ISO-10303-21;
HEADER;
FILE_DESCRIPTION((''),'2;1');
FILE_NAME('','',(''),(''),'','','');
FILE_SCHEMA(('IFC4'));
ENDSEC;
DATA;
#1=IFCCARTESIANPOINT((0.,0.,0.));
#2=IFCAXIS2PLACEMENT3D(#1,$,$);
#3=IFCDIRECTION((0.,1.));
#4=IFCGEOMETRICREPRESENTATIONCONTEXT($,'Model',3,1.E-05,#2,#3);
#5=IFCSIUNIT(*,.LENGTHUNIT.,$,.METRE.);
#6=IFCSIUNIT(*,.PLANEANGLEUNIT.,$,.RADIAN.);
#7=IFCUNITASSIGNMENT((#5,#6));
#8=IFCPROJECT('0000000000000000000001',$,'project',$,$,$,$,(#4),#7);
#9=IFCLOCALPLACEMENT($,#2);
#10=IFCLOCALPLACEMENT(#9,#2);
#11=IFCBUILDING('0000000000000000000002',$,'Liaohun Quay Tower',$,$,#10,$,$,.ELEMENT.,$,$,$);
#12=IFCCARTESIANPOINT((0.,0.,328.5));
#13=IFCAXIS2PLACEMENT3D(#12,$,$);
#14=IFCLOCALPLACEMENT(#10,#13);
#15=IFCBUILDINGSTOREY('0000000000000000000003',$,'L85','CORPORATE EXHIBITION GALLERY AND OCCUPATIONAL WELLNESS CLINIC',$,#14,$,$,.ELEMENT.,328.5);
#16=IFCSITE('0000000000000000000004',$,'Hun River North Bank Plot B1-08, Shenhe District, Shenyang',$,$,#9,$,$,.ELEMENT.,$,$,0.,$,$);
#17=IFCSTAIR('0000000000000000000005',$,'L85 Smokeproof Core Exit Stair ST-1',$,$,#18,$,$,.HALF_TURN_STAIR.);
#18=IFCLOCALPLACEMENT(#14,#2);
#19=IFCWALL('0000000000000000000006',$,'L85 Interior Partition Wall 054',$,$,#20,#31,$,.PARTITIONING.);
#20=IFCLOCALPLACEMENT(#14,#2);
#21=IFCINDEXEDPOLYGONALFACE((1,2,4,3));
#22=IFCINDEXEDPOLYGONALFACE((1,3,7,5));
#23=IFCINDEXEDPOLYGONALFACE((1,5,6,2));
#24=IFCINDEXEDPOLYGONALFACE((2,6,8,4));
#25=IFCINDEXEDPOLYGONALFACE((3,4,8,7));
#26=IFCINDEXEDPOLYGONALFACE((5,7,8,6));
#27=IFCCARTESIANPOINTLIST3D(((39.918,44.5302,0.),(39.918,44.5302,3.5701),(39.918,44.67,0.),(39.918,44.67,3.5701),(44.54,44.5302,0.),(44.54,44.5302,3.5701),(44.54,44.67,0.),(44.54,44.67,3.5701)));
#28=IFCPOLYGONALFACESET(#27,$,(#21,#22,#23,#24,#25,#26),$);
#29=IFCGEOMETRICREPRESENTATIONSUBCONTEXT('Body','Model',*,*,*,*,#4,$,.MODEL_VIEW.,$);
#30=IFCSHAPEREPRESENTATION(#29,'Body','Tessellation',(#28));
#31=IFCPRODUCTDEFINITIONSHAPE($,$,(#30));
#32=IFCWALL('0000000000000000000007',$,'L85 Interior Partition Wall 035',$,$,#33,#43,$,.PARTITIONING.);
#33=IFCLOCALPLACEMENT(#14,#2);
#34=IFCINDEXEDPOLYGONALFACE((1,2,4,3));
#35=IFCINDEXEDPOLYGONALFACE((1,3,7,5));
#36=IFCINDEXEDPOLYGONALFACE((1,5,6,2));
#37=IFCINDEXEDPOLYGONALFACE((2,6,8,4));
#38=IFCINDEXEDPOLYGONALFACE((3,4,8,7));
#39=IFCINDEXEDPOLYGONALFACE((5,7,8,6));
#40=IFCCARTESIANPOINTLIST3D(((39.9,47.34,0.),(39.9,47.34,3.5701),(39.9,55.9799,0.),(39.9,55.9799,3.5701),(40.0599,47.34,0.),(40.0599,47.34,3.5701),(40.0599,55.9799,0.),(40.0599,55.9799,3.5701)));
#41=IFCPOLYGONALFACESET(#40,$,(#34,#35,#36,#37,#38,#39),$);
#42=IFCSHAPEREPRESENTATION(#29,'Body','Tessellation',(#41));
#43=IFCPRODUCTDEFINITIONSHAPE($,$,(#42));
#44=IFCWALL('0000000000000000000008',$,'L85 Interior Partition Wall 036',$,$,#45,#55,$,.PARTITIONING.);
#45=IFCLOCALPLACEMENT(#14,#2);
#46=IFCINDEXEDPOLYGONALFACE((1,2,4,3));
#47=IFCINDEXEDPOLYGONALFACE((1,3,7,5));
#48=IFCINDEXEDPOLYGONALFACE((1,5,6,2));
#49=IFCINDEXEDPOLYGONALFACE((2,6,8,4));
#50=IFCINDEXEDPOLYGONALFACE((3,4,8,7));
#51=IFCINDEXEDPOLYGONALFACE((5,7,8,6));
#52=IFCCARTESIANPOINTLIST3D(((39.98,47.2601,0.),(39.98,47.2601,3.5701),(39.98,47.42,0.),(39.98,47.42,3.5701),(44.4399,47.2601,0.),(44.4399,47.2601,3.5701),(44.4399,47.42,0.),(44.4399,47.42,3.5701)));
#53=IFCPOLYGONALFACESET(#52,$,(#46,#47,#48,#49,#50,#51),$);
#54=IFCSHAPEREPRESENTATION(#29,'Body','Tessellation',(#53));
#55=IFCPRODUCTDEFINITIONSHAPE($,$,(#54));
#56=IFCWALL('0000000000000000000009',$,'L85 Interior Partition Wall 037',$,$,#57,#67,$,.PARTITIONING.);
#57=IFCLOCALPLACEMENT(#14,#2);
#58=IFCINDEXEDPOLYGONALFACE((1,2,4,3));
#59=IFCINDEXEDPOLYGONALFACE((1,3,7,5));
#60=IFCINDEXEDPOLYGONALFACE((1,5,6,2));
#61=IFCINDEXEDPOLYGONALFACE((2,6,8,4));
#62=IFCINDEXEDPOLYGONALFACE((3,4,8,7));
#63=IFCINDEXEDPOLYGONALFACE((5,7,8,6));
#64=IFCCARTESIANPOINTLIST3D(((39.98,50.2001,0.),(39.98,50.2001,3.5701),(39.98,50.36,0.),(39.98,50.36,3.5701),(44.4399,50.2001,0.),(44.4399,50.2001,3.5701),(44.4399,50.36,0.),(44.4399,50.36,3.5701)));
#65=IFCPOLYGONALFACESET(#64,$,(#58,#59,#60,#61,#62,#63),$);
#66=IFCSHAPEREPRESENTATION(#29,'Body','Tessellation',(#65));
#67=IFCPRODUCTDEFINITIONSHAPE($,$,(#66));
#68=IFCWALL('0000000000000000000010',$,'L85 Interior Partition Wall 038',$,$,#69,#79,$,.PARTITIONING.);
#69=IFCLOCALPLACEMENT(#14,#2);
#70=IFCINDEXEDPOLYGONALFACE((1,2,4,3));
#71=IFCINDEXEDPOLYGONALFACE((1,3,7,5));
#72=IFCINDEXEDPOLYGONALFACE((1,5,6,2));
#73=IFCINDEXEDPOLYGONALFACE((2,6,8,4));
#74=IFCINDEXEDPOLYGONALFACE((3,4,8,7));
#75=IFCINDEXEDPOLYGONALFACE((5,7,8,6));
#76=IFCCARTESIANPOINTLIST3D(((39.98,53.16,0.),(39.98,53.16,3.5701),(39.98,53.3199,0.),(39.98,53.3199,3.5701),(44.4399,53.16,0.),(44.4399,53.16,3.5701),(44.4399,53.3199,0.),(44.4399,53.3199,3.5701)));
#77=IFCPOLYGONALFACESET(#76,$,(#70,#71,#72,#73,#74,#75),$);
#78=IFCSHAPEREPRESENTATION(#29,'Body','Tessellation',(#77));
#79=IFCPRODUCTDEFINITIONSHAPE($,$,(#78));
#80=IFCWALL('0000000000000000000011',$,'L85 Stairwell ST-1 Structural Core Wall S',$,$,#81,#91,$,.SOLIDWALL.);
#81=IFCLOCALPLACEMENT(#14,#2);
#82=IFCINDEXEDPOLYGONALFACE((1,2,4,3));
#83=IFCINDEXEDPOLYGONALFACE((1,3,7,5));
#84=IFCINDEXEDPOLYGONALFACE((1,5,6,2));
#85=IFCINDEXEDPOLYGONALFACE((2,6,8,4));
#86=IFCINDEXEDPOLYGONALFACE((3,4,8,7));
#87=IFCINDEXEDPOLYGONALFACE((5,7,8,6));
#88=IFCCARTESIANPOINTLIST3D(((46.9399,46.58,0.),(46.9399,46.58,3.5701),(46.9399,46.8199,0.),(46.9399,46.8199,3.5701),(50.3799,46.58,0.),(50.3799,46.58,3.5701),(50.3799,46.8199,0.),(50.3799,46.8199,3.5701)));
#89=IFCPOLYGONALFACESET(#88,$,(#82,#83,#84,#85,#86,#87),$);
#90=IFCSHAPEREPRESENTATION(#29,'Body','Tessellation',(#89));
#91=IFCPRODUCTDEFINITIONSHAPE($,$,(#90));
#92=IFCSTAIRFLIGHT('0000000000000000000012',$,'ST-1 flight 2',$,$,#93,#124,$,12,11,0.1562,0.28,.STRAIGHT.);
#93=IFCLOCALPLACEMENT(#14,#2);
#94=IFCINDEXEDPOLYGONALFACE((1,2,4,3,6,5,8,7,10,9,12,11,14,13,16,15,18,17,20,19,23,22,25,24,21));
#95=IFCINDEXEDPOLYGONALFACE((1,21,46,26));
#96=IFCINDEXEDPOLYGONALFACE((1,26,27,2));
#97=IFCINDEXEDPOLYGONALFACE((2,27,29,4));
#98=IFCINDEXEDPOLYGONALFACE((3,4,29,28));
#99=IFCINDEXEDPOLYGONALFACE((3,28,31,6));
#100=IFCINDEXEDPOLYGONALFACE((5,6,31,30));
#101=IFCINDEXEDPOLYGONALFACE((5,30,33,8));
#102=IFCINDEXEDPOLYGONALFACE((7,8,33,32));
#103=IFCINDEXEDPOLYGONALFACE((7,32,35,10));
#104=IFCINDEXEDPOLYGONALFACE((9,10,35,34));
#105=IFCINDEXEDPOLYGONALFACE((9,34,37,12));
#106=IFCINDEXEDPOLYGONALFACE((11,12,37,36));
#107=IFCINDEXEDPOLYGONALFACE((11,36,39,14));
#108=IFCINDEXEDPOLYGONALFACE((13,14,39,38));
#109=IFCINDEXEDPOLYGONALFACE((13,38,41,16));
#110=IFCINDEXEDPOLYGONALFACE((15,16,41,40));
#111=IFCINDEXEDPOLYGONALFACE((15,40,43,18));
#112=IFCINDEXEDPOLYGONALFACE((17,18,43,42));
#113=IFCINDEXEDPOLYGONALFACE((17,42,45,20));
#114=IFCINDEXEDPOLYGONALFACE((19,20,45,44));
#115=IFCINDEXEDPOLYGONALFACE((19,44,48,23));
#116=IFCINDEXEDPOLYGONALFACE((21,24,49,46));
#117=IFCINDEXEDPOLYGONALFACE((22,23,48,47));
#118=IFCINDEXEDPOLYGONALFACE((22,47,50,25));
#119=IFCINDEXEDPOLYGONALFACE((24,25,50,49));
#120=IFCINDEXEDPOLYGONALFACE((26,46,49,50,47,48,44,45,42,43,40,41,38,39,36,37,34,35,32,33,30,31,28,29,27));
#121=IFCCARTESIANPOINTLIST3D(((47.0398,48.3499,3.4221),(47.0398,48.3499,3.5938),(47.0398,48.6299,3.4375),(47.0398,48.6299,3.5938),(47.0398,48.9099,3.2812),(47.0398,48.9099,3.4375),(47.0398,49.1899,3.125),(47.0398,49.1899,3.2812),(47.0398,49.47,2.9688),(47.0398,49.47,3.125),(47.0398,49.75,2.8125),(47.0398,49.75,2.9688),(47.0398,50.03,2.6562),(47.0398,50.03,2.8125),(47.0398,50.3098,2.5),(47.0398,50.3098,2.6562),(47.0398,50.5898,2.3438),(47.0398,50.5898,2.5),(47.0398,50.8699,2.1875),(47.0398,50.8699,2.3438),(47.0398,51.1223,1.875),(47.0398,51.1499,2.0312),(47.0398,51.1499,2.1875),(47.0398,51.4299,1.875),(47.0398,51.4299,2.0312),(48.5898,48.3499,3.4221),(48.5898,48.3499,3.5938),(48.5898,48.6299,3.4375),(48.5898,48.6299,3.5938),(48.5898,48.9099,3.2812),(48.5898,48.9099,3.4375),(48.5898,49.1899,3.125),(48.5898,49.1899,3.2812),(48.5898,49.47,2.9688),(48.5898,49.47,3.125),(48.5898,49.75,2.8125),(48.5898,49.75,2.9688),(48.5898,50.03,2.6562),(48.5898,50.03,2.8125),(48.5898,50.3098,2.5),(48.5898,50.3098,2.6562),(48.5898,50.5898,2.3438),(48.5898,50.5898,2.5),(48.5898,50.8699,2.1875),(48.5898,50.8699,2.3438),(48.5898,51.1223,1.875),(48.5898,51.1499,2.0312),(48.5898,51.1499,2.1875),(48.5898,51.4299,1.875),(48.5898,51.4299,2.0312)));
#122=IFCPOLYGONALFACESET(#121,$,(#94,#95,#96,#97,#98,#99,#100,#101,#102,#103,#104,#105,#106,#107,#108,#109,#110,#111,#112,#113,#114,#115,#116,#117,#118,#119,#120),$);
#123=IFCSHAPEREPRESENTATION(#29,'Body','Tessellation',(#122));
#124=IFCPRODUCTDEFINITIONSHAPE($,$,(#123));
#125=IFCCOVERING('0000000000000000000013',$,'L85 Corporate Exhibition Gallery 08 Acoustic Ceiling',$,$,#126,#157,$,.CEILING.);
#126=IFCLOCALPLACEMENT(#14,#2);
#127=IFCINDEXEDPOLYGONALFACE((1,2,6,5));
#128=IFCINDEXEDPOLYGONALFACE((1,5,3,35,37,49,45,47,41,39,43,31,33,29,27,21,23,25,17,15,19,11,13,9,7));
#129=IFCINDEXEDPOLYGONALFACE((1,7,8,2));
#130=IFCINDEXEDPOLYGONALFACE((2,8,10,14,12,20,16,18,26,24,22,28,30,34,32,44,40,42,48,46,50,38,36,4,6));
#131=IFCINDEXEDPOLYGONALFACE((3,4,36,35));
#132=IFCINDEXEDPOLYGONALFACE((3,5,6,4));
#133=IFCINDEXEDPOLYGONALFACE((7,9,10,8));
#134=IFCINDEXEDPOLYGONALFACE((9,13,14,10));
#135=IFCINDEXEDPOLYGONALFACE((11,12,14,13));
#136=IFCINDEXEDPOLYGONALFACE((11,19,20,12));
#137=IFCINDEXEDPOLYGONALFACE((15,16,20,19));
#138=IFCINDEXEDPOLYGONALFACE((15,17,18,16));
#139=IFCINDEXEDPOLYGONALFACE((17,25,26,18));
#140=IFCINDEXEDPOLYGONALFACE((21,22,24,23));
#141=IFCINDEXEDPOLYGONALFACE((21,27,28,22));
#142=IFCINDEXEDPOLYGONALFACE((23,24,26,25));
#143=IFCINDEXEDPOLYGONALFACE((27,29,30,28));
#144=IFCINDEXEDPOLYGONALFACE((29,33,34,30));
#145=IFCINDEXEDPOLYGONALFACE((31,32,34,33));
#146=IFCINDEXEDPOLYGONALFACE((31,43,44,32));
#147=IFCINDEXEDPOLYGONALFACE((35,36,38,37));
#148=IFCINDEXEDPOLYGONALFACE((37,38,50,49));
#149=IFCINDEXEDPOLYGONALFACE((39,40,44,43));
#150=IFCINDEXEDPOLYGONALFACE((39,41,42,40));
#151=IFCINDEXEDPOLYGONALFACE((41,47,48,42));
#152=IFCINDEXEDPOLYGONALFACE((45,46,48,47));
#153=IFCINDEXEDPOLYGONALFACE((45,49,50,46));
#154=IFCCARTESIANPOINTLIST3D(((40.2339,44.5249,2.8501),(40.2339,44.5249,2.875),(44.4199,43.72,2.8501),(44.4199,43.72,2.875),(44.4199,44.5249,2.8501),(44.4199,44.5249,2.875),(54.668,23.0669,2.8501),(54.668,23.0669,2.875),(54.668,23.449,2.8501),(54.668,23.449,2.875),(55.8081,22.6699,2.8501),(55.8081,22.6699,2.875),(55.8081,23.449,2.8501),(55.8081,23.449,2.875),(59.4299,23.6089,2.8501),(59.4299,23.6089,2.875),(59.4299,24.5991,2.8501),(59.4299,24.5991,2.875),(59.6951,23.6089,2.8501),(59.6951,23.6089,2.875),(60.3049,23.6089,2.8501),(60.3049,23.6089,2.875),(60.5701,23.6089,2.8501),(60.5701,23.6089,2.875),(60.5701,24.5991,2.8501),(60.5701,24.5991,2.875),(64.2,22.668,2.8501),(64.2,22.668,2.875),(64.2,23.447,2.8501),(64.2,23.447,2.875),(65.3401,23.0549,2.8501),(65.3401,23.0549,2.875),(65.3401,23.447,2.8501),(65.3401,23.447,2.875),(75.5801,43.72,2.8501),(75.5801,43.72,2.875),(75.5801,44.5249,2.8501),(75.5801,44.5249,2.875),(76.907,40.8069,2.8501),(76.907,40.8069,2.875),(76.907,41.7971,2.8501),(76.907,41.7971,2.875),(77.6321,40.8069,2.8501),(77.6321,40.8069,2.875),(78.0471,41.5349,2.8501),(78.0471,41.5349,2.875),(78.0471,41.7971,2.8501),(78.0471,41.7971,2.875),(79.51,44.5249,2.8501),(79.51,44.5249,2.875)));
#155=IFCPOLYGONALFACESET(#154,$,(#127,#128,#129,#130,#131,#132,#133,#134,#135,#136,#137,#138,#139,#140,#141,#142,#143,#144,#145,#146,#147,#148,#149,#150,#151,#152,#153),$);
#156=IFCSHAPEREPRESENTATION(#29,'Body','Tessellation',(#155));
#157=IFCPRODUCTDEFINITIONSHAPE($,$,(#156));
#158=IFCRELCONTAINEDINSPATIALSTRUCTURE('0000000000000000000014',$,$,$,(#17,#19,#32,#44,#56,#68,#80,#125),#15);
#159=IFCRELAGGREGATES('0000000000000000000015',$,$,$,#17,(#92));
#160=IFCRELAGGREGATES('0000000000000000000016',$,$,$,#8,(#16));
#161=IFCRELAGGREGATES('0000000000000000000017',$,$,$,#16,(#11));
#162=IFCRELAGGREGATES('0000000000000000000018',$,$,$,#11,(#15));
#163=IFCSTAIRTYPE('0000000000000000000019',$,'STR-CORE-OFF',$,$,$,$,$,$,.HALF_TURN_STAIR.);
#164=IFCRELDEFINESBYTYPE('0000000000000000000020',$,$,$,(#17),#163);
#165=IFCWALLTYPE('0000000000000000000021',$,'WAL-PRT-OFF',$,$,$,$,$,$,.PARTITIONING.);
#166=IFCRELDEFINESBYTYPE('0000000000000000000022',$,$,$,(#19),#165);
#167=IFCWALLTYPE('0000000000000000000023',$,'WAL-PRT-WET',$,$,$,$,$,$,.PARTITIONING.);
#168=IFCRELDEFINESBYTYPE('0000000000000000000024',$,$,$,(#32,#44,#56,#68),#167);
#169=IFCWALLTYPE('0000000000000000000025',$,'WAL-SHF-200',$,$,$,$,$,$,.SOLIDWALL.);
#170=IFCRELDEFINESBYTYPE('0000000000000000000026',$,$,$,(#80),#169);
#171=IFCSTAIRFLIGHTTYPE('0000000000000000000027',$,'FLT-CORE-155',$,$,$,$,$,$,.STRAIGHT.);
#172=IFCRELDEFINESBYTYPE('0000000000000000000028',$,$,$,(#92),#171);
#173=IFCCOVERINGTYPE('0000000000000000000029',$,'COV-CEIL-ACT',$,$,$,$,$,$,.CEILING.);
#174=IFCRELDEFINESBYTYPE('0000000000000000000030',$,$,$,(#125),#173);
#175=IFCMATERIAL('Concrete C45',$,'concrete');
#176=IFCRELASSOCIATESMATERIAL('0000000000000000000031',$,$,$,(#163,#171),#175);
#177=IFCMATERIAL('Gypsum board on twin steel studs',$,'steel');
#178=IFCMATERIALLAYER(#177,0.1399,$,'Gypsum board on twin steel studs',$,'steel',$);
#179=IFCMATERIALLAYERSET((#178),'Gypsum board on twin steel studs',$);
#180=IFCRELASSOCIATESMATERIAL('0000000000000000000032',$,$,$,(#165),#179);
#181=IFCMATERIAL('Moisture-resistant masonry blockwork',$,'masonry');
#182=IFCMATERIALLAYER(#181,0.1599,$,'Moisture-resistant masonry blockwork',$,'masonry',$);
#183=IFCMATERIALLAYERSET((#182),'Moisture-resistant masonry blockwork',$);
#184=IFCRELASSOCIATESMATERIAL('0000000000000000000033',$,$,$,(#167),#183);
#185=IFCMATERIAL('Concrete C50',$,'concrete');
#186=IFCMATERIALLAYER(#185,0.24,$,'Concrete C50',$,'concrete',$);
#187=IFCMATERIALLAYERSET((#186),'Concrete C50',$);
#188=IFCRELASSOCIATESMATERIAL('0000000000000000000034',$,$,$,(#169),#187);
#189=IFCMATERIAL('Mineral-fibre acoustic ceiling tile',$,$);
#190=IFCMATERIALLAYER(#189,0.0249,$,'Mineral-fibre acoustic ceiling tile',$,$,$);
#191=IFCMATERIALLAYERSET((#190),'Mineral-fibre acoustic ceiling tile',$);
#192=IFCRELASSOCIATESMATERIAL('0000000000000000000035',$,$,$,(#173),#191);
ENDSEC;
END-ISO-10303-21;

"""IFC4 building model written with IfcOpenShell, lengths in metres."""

from ifc_helpers import new_model, si_unit, direction, frame, frame_2d, origin, place, context, subcontext, project, spatial, polyline, rectangle, outline, extrude, material, layer, layer_set, type_object, element, aggregate, save


model = new_model("IFC4")

# Units and contexts
model_context = context("Model", 3, precision=1e-05, world=origin(), true_north=direction((0.0, 1.0)))
body_context = subcontext(model_context, "Body", "Model", "MODEL_VIEW")
ifc_project = project(units=[si_unit("LENGTHUNIT", "METRE"), si_unit("PLANEANGLEUNIT", "RADIAN")], contexts=[model_context])

# Site, building, storey
site_placement = place(None, origin())
site = spatial("IfcSite", under=ifc_project, at=site_placement, Name="Hun River North Bank Plot B1-08, Shenhe District, Shenyang", CompositionType="ELEMENT", RefElevation=0.0)
building_placement = place(site_placement, origin())
building = spatial("IfcBuilding", under=site, at=building_placement, Name="Liaohun Quay Tower", CompositionType="ELEMENT")
storey_placement = place(building_placement, frame((0.0, 0.0, 328.5)))
storey = spatial("IfcBuildingStorey", under=building, at=storey_placement, Name="L85", Description="CORPORATE EXHIBITION GALLERY AND OCCUPATIONAL WELLNESS CLINIC", CompositionType="ELEMENT", Elevation=328.5)

# Shared definitions
ifc_material_1 = material(Name="Concrete C50", Category="concrete")

# Stair
ifc_material_2 = material(Name="Concrete C45", Category="concrete")
stair_type = type_object("IfcStairType", Name="STR-CORE-OFF", PredefinedType="HALF_TURN_STAIR", material=ifc_material_2)
stair_1_placement = place(storey_placement, origin())
stair_1 = element("IfcStair", 1, at=stair_1_placement, inside=storey, type_object=stair_type, Name="L85 Smokeproof Core Exit Stair ST-1", PredefinedType="HALF_TURN_STAIR")

# Wall
ifc_material_3 = material(Name="Gypsum board on twin steel studs", Category="steel")
ifc_layer_1 = layer(ifc_material_3, 0.1399, Name="Gypsum board on twin steel studs", Category="steel")
ifc_layer_set_1 = layer_set([ifc_layer_1], Name="Gypsum board on twin steel studs")
wall_type_1 = type_object("IfcWallType", Name="WAL-PRT-OFF", PredefinedType="PARTITIONING", material=ifc_layer_set_1)
wall_1_placement = place(storey_placement, frame((44.54, 44.6001, 0.0), z_axis=(0.0, 0.0, 1.0), x_axis=(-1.0, 0.0, 0.0)))
element("IfcWall", 2, at=wall_1_placement, inside=storey, type_object=wall_type_1, Name="L85 Interior Partition Wall 054", PredefinedType="PARTITIONING", context=body_context, shape_type="SweptSolid", body=[
    extrude(rectangle(XDim=4.6221, YDim=0.1399, at=frame_2d((2.311, 0.0))), origin(), (0.0, 0.0, 1.0), 3.5701),
])

# Shared definitions
ifc_material_4 = material(Name="Moisture-resistant masonry blockwork", Category="masonry")
ifc_layer_2 = layer(ifc_material_4, 0.1599, Name="Moisture-resistant masonry blockwork", Category="masonry")
ifc_layer_set_2 = layer_set([ifc_layer_2], Name="Moisture-resistant masonry blockwork")
wall_type_2 = type_object("IfcWallType", Name="WAL-PRT-WET", PredefinedType="PARTITIONING", material=ifc_layer_set_2)

# Walls
wall_2_placement = place(storey_placement, frame((39.98, 47.3401, 0.0), z_axis=(0.0, 0.0, 1.0), x_axis=(0.0, 1.0, 0.0)))
element("IfcWall", 3, at=wall_2_placement, inside=storey, type_object=wall_type_2, Name="L85 Interior Partition Wall 035", PredefinedType="PARTITIONING", context=body_context, shape_type="SweptSolid", body=[
    extrude(rectangle(XDim=8.6399, YDim=0.1599, at=frame_2d((4.3198, 0.0))), origin(), (0.0, 0.0, 1.0), 3.5701),
])
for number, where, z_axis, x_axis, name in (
    (4, (39.98, 47.3401, 0.0), (0.0, 0.0, 1.0), (1.0, 0.0, 0.0), "L85 Interior Partition Wall 036"),
    (5, (39.98, 50.28, 0.0), (0.0, 0.0, 1.0), (1.0, 0.0, 0.0), "L85 Interior Partition Wall 037"),
    (6, (39.98, 53.24, 0.0), (0.0, 0.0, 1.0), (1.0, 0.0, 0.0), "L85 Interior Partition Wall 038"),
):
    element("IfcWall", number, at=place(storey_placement, frame(where, z_axis=z_axis, x_axis=x_axis)), inside=storey, type_object=wall_type_2, Name=name, PredefinedType="PARTITIONING", context=body_context, shape_type="SweptSolid", body=[
        extrude(rectangle(XDim=4.46, YDim=0.1599, at=frame_2d((2.23, 0.0))), origin(), (0.0, 0.0, 1.0), 3.5701),
    ])
ifc_layer_3 = layer(ifc_material_1, 0.24, Name="Concrete C50", Category="concrete")
ifc_layer_set_3 = layer_set([ifc_layer_3], Name="Concrete C50")
wall_type_3 = type_object("IfcWallType", Name="WAL-SHF-200", PredefinedType="SOLIDWALL", material=ifc_layer_set_3)
wall_3_placement = place(storey_placement, frame((46.9399, 46.7, 0.0), z_axis=(0.0, 0.0, 1.0), x_axis=(1.0, 0.0, 0.0)))
element("IfcWall", 7, at=wall_3_placement, inside=storey, type_object=wall_type_3, Name="L85 Stairwell ST-1 Structural Core Wall S", PredefinedType="SOLIDWALL", context=body_context, shape_type="SweptSolid", body=[
    extrude(rectangle(XDim=3.4399, YDim=0.24, at=frame_2d((1.72, 0.0))), origin(), (0.0, 0.0, 1.0), 3.5701),
])

# Stair flight
stair_flight_type = type_object("IfcStairFlightType", Name="FLT-CORE-155", PredefinedType="STRAIGHT", material=ifc_material_2)
stair_flight_placement = place(storey_placement, frame((47.8149, 51.4299, 1.875), z_axis=(0.0, 0.0, 1.0), x_axis=(0.0, -1.0, 0.0)))
stair_flight = element("IfcStairFlight", 8, at=stair_flight_placement, type_object=stair_flight_type, Name="ST-1 flight 2", NumberOfRisers=12, NumberOfTreads=11, PredefinedType="STRAIGHT", RiserHeight=0.1562, TreadLength=0.28, context=body_context, shape_type="SweptSolid", body=[
    extrude(outline(polyline([(0.0, 0.0), (0.0, 0.1562), (0.28, 0.1562), (0.28, 0.3125), (0.5601, 0.3125), (0.5601, 0.4688), (0.8401, 0.4688), (0.8401, 0.625), (1.1201, 0.625), (1.1201, 0.7812), (1.3999, 0.7812), (1.3999, 0.9375), (1.6799, 0.9375), (1.6799, 1.0938), (1.96, 1.0938), (1.96, 1.25), (2.24, 1.25), (2.24, 1.4062), (2.52, 1.4062), (2.52, 1.5625), (2.8, 1.5625), (2.8, 1.7188), (3.0801, 1.7188), (3.0801, 1.875), (3.0801, 1.5471), (0.3076, 0.0), (0.0, 0.0)])), frame((0.0, 0.7749, 0.0), z_axis=(0.0, -1.0, 0.0), x_axis=(1.0, 0.0, 0.0)), (0.0, 0.0, 1.0), 1.55),
])
aggregate(stair_1, [stair_flight])

# Covering
ifc_material_5 = material(Name="Mineral-fibre acoustic ceiling tile")
ifc_layer_4 = layer(ifc_material_5, 0.0249, Name="Mineral-fibre acoustic ceiling tile")
ifc_layer_set_4 = layer_set([ifc_layer_4], Name="Mineral-fibre acoustic ceiling tile")
covering_type_1 = type_object("IfcCoveringType", Name="COV-CEIL-ACT", PredefinedType="CEILING", material=ifc_layer_set_4)
covering_1_placement = place(storey_placement, frame((0.0, 0.0, 2.8501)))
element("IfcCovering", 9, at=covering_1_placement, inside=storey, type_object=covering_type_1, Name="L85 Corporate Exhibition Gallery 08 Acoustic Ceiling", PredefinedType="CEILING", context=body_context, shape_type="SweptSolid", body=[
    extrude(outline(polyline([(44.4199, 43.72), (44.4199, 44.5249), (40.2339, 44.5249), (54.668, 23.0669), (54.668, 23.449), (55.8081, 23.449), (55.8081, 22.6699), (59.6951, 23.6089), (59.4299, 23.6089), (59.4299, 24.5991), (60.5701, 24.5991), (60.5701, 23.6089), (60.3049, 23.6089), (64.2, 22.668), (64.2, 23.447), (65.3401, 23.447), (65.3401, 23.0549), (77.6321, 40.8069), (76.907, 40.8069), (76.907, 41.7971), (78.0471, 41.7971), (78.0471, 41.5349), (79.51, 44.5249), (75.5801, 44.5249), (75.5801, 43.72), (44.4199, 43.72)])), origin(), (0.0, 0.0, 1.0), 0.0249),
])

save(model, "model.ifc")
